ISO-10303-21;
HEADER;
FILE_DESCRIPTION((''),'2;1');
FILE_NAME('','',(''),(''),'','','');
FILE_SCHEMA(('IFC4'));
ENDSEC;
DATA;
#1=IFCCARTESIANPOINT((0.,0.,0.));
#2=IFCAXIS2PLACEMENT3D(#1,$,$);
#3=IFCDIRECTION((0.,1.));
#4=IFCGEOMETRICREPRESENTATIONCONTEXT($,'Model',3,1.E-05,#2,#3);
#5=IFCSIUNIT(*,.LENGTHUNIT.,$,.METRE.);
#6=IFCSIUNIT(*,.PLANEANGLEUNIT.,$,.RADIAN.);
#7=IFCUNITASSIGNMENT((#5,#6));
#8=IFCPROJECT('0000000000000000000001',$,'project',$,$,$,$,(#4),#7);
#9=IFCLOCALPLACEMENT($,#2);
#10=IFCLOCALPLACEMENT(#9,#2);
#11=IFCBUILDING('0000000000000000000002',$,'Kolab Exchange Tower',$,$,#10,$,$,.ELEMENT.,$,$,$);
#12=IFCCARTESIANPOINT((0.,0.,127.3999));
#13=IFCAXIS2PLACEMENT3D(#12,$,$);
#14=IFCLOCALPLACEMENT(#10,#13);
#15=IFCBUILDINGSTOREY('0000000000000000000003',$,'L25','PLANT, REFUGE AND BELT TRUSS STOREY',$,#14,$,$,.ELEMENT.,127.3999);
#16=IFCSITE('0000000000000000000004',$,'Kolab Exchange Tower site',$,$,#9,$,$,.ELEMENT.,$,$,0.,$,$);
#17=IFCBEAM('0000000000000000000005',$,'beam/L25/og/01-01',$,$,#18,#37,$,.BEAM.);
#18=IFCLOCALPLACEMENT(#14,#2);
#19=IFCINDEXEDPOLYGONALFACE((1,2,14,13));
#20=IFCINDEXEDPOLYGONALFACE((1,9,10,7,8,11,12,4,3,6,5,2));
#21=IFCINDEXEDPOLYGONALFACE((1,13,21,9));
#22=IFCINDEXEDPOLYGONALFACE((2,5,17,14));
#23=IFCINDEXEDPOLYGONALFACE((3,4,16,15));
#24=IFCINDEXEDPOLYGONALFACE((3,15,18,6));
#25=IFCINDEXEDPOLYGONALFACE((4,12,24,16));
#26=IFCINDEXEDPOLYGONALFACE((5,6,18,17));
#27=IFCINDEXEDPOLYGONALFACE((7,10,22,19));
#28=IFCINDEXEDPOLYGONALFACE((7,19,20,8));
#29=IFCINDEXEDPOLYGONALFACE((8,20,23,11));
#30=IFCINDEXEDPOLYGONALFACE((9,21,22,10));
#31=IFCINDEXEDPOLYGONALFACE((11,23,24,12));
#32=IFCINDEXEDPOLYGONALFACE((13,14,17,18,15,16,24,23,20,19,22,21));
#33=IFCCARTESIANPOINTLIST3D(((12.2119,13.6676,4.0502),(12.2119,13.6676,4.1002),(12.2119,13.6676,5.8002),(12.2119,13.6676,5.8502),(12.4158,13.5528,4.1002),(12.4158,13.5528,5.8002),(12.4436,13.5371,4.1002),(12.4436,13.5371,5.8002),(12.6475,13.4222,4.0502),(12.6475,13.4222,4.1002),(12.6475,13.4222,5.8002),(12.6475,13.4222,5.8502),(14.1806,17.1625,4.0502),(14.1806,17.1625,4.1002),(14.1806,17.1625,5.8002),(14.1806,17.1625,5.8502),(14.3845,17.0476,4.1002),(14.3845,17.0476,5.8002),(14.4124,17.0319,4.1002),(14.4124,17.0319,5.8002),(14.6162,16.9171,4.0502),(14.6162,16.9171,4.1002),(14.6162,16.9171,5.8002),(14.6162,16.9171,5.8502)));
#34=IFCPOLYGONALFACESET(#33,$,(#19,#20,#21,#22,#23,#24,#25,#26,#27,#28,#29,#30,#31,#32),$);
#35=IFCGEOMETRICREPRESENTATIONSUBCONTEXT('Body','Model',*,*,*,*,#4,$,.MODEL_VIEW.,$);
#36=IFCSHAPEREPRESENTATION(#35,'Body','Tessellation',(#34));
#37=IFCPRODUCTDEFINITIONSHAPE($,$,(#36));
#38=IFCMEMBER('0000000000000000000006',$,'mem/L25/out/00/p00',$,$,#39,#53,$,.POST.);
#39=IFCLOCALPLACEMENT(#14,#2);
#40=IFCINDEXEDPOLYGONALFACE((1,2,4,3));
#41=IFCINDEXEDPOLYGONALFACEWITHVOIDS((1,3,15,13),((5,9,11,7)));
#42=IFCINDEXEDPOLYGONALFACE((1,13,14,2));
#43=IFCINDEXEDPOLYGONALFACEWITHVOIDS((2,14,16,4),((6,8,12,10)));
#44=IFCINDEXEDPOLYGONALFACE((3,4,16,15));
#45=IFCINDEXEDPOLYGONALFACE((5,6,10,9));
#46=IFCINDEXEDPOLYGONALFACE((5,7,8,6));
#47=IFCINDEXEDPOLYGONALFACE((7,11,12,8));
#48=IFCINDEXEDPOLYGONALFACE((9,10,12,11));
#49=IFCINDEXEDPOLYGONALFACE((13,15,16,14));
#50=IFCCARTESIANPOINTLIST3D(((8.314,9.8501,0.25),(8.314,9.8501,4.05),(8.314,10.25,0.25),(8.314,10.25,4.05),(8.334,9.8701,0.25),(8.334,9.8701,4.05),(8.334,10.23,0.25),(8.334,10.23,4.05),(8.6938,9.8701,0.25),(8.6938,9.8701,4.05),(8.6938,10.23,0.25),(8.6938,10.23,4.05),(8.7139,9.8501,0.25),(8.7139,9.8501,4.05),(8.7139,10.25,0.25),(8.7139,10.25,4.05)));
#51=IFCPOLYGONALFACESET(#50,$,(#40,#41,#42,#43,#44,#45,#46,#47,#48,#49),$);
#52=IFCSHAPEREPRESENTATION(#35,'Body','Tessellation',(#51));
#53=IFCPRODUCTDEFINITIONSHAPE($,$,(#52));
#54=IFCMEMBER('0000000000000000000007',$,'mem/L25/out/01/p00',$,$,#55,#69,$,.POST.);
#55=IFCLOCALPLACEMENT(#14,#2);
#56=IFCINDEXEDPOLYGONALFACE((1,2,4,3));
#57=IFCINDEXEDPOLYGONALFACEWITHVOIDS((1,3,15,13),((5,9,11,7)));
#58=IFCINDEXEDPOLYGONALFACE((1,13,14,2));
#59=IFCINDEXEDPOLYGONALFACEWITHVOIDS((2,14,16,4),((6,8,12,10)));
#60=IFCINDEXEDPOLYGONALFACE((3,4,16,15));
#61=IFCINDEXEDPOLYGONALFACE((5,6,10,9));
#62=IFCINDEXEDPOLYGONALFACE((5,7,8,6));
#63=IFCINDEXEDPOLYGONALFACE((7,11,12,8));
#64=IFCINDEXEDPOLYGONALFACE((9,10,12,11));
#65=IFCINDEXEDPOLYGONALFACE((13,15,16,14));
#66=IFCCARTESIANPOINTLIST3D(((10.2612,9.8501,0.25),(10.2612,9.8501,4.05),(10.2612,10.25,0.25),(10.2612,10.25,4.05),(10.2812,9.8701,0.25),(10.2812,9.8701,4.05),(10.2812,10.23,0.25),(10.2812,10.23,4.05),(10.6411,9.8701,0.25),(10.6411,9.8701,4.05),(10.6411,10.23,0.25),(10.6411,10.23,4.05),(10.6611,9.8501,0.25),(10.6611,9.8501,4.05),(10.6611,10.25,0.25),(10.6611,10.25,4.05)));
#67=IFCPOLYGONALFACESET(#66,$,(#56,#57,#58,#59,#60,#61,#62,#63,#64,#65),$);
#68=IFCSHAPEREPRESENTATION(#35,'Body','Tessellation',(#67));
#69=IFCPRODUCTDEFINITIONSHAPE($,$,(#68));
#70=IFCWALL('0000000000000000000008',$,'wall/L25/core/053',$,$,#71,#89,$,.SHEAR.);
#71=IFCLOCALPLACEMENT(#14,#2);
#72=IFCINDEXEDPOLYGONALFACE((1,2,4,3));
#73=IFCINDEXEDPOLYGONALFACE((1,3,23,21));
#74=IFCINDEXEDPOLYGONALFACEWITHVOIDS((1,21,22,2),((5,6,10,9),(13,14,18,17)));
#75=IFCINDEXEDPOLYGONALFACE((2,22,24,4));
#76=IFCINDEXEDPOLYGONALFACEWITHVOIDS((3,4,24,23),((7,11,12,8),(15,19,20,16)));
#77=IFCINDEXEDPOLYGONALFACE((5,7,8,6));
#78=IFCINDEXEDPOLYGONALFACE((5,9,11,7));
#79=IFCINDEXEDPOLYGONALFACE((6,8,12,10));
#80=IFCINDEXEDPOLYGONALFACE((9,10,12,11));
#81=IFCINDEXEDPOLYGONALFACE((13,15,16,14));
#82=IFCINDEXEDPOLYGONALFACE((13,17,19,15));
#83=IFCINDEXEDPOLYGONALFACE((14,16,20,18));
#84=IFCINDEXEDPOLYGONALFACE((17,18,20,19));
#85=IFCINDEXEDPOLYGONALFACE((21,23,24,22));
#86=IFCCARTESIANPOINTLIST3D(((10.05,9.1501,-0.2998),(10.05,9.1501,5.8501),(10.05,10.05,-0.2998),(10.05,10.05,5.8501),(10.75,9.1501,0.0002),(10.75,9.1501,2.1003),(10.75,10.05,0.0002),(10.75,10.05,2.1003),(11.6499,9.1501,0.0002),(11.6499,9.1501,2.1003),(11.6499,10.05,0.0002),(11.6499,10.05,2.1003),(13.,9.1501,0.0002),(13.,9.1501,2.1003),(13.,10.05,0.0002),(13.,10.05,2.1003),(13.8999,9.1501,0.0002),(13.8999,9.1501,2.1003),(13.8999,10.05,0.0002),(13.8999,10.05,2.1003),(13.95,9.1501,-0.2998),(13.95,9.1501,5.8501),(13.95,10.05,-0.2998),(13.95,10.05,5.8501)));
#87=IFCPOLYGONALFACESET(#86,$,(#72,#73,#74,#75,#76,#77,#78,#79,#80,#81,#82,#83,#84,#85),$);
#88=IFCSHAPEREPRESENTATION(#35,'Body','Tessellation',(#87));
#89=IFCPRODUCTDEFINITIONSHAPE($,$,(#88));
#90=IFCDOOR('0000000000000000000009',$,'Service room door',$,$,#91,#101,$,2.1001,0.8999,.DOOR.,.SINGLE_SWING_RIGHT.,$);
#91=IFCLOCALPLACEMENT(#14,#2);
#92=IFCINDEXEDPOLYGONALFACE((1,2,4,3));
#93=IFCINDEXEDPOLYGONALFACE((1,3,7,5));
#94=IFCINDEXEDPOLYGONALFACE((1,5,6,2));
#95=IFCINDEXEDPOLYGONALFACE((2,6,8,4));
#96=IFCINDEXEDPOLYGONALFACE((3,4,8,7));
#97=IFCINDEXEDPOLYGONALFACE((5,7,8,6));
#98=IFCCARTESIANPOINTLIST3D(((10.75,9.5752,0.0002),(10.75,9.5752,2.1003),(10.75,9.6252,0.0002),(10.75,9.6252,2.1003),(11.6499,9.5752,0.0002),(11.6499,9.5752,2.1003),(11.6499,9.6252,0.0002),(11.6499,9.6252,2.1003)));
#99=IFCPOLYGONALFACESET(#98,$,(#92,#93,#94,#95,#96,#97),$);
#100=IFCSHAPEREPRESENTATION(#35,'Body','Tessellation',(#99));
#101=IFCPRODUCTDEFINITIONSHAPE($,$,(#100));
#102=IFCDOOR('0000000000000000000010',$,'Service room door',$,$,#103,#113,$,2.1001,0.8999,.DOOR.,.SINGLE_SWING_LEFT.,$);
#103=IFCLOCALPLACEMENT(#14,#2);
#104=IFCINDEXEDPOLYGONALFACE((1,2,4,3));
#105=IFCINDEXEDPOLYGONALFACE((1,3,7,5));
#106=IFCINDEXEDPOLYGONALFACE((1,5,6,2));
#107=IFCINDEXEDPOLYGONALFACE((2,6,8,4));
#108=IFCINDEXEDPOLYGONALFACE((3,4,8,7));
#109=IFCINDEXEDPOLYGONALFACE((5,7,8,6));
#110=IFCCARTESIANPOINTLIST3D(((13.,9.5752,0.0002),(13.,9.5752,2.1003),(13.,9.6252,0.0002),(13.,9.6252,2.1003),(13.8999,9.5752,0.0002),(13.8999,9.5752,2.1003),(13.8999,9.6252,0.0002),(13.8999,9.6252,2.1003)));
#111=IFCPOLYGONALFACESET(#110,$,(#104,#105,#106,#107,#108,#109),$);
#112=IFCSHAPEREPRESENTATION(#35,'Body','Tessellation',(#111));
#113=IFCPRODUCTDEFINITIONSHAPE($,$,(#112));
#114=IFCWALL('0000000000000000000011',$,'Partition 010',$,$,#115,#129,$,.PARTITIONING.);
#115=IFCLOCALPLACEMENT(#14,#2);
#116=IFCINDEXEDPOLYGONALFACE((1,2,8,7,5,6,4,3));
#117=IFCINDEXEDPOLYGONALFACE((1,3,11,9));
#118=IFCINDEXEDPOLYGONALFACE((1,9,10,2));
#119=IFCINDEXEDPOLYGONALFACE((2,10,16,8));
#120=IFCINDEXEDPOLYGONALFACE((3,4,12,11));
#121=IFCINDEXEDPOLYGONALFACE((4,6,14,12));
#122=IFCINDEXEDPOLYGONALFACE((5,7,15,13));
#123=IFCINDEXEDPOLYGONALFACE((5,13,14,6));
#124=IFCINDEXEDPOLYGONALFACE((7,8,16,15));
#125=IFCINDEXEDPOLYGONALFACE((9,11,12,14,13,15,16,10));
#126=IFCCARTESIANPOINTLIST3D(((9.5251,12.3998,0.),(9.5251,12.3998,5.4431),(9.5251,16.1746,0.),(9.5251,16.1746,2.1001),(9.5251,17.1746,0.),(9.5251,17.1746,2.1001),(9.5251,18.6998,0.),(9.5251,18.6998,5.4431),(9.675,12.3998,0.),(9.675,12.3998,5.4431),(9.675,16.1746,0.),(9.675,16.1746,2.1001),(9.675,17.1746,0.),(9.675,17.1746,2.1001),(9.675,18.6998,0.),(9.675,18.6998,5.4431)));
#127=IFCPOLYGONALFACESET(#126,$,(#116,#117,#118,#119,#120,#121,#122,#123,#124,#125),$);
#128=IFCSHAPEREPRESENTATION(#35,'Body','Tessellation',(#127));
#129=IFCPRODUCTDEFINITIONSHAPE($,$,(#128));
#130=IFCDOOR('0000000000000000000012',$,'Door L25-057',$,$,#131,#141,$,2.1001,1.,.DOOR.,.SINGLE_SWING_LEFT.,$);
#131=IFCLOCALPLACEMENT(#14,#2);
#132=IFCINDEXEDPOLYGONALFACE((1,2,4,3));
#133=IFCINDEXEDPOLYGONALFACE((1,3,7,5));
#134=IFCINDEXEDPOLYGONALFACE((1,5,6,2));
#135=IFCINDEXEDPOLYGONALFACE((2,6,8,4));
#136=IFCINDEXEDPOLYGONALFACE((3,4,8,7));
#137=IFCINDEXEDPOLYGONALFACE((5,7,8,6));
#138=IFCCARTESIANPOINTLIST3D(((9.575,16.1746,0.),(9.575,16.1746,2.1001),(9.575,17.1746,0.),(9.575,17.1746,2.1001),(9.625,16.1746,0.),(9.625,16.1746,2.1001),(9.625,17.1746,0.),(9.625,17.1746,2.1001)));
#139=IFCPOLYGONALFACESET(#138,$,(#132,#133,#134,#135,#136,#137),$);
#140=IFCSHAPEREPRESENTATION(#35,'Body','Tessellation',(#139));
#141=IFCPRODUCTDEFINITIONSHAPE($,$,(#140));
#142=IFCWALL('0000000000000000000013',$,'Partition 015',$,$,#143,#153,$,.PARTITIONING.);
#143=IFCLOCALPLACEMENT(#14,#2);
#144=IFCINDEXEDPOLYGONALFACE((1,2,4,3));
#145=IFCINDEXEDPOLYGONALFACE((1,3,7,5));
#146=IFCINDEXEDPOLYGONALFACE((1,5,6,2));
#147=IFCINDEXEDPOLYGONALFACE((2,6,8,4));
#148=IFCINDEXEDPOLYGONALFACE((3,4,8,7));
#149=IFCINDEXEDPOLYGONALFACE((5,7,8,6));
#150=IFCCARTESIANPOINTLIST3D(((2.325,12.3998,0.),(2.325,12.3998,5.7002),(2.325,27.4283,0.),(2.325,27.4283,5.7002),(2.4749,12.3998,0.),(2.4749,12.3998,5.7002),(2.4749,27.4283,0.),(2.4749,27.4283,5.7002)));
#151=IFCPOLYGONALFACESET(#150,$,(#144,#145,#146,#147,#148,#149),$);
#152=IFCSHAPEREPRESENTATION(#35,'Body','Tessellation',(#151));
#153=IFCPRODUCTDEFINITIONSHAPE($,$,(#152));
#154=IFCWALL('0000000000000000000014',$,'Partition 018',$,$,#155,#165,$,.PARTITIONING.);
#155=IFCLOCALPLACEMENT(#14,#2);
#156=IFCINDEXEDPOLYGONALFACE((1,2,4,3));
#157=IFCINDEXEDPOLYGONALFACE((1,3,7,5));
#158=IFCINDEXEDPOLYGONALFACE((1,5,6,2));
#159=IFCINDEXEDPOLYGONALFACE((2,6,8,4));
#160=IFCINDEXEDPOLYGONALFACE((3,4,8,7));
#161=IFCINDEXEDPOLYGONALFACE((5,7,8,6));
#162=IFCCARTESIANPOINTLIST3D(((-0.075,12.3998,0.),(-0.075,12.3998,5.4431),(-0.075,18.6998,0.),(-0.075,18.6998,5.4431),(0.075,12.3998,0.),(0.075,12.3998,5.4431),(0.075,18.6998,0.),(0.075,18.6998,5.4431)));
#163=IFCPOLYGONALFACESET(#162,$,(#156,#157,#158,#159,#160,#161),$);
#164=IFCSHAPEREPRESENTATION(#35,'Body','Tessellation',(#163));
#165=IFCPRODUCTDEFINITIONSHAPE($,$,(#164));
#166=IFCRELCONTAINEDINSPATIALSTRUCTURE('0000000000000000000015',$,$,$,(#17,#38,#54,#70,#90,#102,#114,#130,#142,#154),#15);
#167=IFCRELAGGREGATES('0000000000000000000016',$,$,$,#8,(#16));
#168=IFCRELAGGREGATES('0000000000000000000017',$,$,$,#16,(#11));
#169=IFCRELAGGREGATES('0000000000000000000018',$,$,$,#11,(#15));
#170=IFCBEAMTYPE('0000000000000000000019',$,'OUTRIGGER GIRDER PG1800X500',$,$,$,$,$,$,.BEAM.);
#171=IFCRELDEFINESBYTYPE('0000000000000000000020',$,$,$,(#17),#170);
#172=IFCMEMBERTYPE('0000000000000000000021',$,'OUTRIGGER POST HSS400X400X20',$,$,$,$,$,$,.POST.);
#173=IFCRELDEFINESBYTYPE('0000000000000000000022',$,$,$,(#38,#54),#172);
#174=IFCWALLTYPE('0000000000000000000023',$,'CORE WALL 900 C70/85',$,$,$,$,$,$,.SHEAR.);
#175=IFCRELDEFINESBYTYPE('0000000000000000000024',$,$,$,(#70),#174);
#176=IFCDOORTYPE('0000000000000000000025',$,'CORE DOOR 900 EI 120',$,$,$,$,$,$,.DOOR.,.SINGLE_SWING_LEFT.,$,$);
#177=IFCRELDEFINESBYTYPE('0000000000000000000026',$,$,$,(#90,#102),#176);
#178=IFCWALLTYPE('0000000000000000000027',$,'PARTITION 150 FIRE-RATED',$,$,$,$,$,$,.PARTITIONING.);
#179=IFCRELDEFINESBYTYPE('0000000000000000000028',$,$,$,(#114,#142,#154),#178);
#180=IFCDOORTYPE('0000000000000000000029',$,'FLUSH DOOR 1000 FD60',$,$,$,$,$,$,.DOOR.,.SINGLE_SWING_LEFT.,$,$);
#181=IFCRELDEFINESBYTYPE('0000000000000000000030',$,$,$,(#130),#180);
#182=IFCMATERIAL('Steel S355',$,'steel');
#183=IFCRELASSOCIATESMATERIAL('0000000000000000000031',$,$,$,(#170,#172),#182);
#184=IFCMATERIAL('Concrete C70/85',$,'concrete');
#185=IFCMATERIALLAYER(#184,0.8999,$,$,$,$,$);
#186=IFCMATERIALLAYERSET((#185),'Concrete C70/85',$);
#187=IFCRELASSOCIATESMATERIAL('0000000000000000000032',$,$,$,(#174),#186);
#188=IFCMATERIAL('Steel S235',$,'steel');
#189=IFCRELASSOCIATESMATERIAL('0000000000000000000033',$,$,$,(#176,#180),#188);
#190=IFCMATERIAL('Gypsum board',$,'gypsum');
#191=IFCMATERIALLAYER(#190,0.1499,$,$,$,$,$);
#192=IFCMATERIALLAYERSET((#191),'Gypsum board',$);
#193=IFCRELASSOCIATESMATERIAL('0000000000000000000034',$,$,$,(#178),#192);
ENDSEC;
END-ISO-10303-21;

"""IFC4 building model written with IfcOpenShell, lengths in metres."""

from ifc_helpers import new_model, si_unit, direction, frame, frame_2d, origin, origin_2d, place, context, subcontext, project, spatial, rectangle, hollow_rectangle, i_section, extrude, material, layer, layer_set, material_profile, profile_set, type_object, element, fill, save


model = new_model("IFC4")

# Units and contexts
model_context = context("Model", 3, precision=1e-05, world=origin(), true_north=direction((0.0, 1.0)))
body_context = subcontext(model_context, "Body", "Model", "MODEL_VIEW")
ifc_project = project(units=[si_unit("LENGTHUNIT", "METRE"), si_unit("PLANEANGLEUNIT", "RADIAN")], contexts=[model_context])

# Site, building, storey
site_placement = place(None, origin())
site = spatial("IfcSite", under=ifc_project, at=site_placement, Name="Kolab Exchange Tower site", CompositionType="ELEMENT", RefElevation=0.0)
building_placement = place(site_placement, origin())
building = spatial("IfcBuilding", under=site, at=building_placement, Name="Kolab Exchange Tower", CompositionType="ELEMENT")
storey_placement = place(building_placement, frame((0.0, 0.0, 127.3999)))
storey = spatial("IfcBuildingStorey", under=building, at=storey_placement, Name="L25", Description="PLANT, REFUGE AND BELT TRUSS STOREY", CompositionType="ELEMENT", Elevation=127.3999)

# Shared definitions
ifc_material_1 = material(Name="Steel S355", Category="steel")

# Beam
ifc_material_profile_1 = material_profile(ifc_material_1, i_section(OverallWidth=0.5, OverallDepth=1.8, WebThickness=0.032, FlangeThickness=0.05, at=origin_2d()), Name="PG1800X500")
ifc_profile_set_1 = profile_set([ifc_material_profile_1], Name="Steel S355")
beam_type_1 = type_object("IfcBeamType", Name="OUTRIGGER GIRDER PG1800X500", PredefinedType="BEAM", material=ifc_profile_set_1)
beam_1_placement = place(storey_placement, frame((12.4297, 13.5449, 4.9502), z_axis=(0.490807, 0.871268, 0.0), x_axis=(-0.871268, 0.490807, 0.0)))
element("IfcBeam", 1, at=beam_1_placement, inside=storey, type_object=beam_type_1, Name="beam/L25/og/01-01", PredefinedType="BEAM", context=body_context, shape_type="SweptSolid", body=[
    extrude(i_section(OverallWidth=0.5, OverallDepth=1.8, WebThickness=0.032, FlangeThickness=0.05, at=origin_2d()), origin(), (0.0, 0.0, 1.0), 4.0112),
])

# Members
ifc_material_profile_2 = material_profile(ifc_material_1, hollow_rectangle(XDim=0.3999, YDim=0.3999, WallThickness=0.02, at=origin_2d()), Name="HSS400X400X20")
ifc_profile_set_2 = profile_set([ifc_material_profile_2], Name="Steel S355")
member_type_1 = type_object("IfcMemberType", Name="OUTRIGGER POST HSS400X400X20", PredefinedType="POST", material=ifc_profile_set_2)
for number, where, z_axis, x_axis, name in (
    (2, (8.5139, 10.05, 0.25), (0.0, 0.0, 1.0), (1.0, 0.0, 0.0), "mem/L25/out/00/p00"),
    (3, (10.4612, 10.05, 0.25), (0.0, 0.0, 1.0), (1.0, 0.0, 0.0), "mem/L25/out/01/p00"),
):
    element("IfcMember", number, at=place(storey_placement, frame(where, z_axis=z_axis, x_axis=x_axis)), inside=storey, type_object=member_type_1, Name=name, PredefinedType="POST", context=body_context, shape_type="SweptSolid", body=[
        extrude(hollow_rectangle(XDim=0.3999, YDim=0.3999, WallThickness=0.02, at=origin_2d()), origin(), (0.0, 0.0, 1.0), 3.8),
    ])

# Wall, openings, doors
ifc_material_2 = material(Name="Concrete C70/85", Category="concrete")
ifc_layer_1 = layer(ifc_material_2, 0.8999)
ifc_layer_set_1 = layer_set([ifc_layer_1], Name="Concrete C70/85")
wall_type_1 = type_object("IfcWallType", Name="CORE WALL 900 C70/85", PredefinedType="SHEAR", material=ifc_layer_set_1)
wall_1_placement = place(storey_placement, frame((10.05, 9.6001, -0.2998), z_axis=(0.0, 0.0, 1.0), x_axis=(1.0, 0.0, 0.0)))
wall_1 = element("IfcWall", 4, at=wall_1_placement, inside=storey, type_object=wall_type_1, Name="wall/L25/core/053", PredefinedType="SHEAR", context=body_context, shape_type="SweptSolid", body=[
    extrude(rectangle(XDim=3.8999, YDim=0.8999, at=frame_2d((1.95, 0.0))), origin(), (0.0, 0.0, 1.0), 6.1499),
])
opening_1_placement = place(wall_1_placement, frame((0.7, 0.0, 0.3)))
opening_1 = element("IfcOpeningElement", 5, at=opening_1_placement, cuts=wall_1, PredefinedType="OPENING", context=body_context, shape_type="SweptSolid", body=[
    extrude(rectangle(XDim=0.8999, YDim=2.1001, at=frame_2d((0.45, 1.05))), frame((0.0, 0.46, 0.0), z_axis=(0.0, -1.0, 0.0), x_axis=(1.0, 0.0, 0.0)), (0.0, 0.0, 1.0), 0.9199),
])
opening_2_placement = place(wall_1_placement, frame((2.95, 0.0, 0.3)))
opening_2 = element("IfcOpeningElement", 6, at=opening_2_placement, cuts=wall_1, PredefinedType="OPENING", context=body_context, shape_type="SweptSolid", body=[
    extrude(rectangle(XDim=0.8999, YDim=2.1001, at=frame_2d((0.45, 1.05))), frame((0.0, 0.46, 0.0), z_axis=(0.0, -1.0, 0.0), x_axis=(1.0, 0.0, 0.0)), (0.0, 0.0, 1.0), 0.9199),
])
ifc_material_3 = material(Name="Steel S235", Category="steel")
door_type_1 = type_object("IfcDoorType", Name="CORE DOOR 900 EI 120", OperationType="SINGLE_SWING_LEFT", PredefinedType="DOOR", material=ifc_material_3)
door_1_placement = place(opening_1_placement, frame((0.8999, 0.0, 0.0), z_axis=(0.0, 0.0, 1.0), x_axis=(-1.0, 0.0, 0.0)))
door_1 = element("IfcDoor", 7, at=door_1_placement, inside=storey, type_object=door_type_1, Name="Service room door", OperationType="SINGLE_SWING_RIGHT", OverallHeight=2.1001, OverallWidth=0.8999, PredefinedType="DOOR", context=body_context, shape_type="SweptSolid", body=[
    extrude(rectangle(XDim=0.8999, YDim=2.1001, at=frame_2d((0.45, 1.05))), frame((0.0, 0.0249, 0.0), z_axis=(0.0, -1.0, 0.0), x_axis=(1.0, 0.0, 0.0)), (0.0, 0.0, 1.0), 0.05),
])
fill(opening_1, door_1)
door_2_placement = place(opening_2_placement, frame((0.8999, 0.0, 0.0), z_axis=(0.0, 0.0, 1.0), x_axis=(-1.0, 0.0, 0.0)))
door_2 = element("IfcDoor", 8, at=door_2_placement, inside=storey, type_object=door_type_1, Name="Service room door", OperationType="SINGLE_SWING_LEFT", OverallHeight=2.1001, OverallWidth=0.8999, PredefinedType="DOOR", context=body_context, shape_type="SweptSolid", body=[
    extrude(rectangle(XDim=0.8999, YDim=2.1001, at=frame_2d((0.45, 1.05))), frame((0.0, 0.0249, 0.0), z_axis=(0.0, -1.0, 0.0), x_axis=(1.0, 0.0, 0.0)), (0.0, 0.0, 1.0), 0.05),
])
fill(opening_2, door_2)

# Wall, opening, door
ifc_material_4 = material(Name="Gypsum board", Category="gypsum")
ifc_layer_2 = layer(ifc_material_4, 0.1499)
ifc_layer_set_2 = layer_set([ifc_layer_2], Name="Gypsum board")
wall_type_2 = type_object("IfcWallType", Name="PARTITION 150 FIRE-RATED", PredefinedType="PARTITIONING", material=ifc_layer_set_2)
wall_2_placement = place(storey_placement, frame((9.6001, 12.3999, 0.0), z_axis=(0.0, 0.0, 1.0), x_axis=(0.0, 1.0, 0.0)))
wall_2 = element("IfcWall", 9, at=wall_2_placement, inside=storey, type_object=wall_type_2, Name="Partition 010", PredefinedType="PARTITIONING", context=body_context, shape_type="SweptSolid", body=[
    extrude(rectangle(XDim=6.3, YDim=0.1499, at=frame_2d((3.1499, 0.0))), origin(), (0.0, 0.0, 1.0), 5.4431),
])
opening_3_placement = place(wall_2_placement, frame((3.7747, 0.0, 0.0)))
opening_3 = element("IfcOpeningElement", 10, at=opening_3_placement, cuts=wall_2, PredefinedType="OPENING", context=body_context, shape_type="SweptSolid", body=[
    extrude(rectangle(XDim=1.0, YDim=2.1001, at=frame_2d((0.5, 1.05))), frame((0.0, 0.085, 0.0), z_axis=(0.0, -1.0, 0.0), x_axis=(1.0, 0.0, 0.0)), (0.0, 0.0, 1.0), 0.1699),
])
door_type_2 = type_object("IfcDoorType", Name="FLUSH DOOR 1000 FD60", OperationType="SINGLE_SWING_LEFT", PredefinedType="DOOR", material=ifc_material_3)
door_3_placement = place(opening_3_placement, frame((1.0, 0.0, 0.0), z_axis=(0.0, 0.0, 1.0), x_axis=(-1.0, 0.0, 0.0)))
door_3 = element("IfcDoor", 11, at=door_3_placement, inside=storey, type_object=door_type_2, Name="Door L25-057", OperationType="SINGLE_SWING_LEFT", OverallHeight=2.1001, OverallWidth=1.0, PredefinedType="DOOR", context=body_context, shape_type="SweptSolid", body=[
    extrude(rectangle(XDim=1.0, YDim=2.1001, at=frame_2d((0.5, 1.05))), frame((0.0, 0.0249, 0.0), z_axis=(0.0, -1.0, 0.0), x_axis=(1.0, 0.0, 0.0)), (0.0, 0.0, 1.0), 0.05),
])
fill(opening_3, door_3)

# Walls
wall_3_placement = place(storey_placement, frame((2.3999, 12.3999, 0.0), z_axis=(0.0, 0.0, 1.0), x_axis=(0.0, 1.0, 0.0)))
element("IfcWall", 12, at=wall_3_placement, inside=storey, type_object=wall_type_2, Name="Partition 015", PredefinedType="PARTITIONING", context=body_context, shape_type="SweptSolid", body=[
    extrude(rectangle(XDim=15.0286, YDim=0.1499, at=frame_2d((7.5142, 0.0))), origin(), (0.0, 0.0, 1.0), 5.7002),
])
wall_4_placement = place(storey_placement, frame((0.0, 12.3999, 0.0), z_axis=(0.0, 0.0, 1.0), x_axis=(0.0, 1.0, 0.0)))
element("IfcWall", 13, at=wall_4_placement, inside=storey, type_object=wall_type_2, Name="Partition 018", PredefinedType="PARTITIONING", context=body_context, shape_type="SweptSolid", body=[
    extrude(rectangle(XDim=6.3, YDim=0.1499, at=frame_2d((3.1499, 0.0))), origin(), (0.0, 0.0, 1.0), 5.4431),
])

save(model, "model.ifc")
